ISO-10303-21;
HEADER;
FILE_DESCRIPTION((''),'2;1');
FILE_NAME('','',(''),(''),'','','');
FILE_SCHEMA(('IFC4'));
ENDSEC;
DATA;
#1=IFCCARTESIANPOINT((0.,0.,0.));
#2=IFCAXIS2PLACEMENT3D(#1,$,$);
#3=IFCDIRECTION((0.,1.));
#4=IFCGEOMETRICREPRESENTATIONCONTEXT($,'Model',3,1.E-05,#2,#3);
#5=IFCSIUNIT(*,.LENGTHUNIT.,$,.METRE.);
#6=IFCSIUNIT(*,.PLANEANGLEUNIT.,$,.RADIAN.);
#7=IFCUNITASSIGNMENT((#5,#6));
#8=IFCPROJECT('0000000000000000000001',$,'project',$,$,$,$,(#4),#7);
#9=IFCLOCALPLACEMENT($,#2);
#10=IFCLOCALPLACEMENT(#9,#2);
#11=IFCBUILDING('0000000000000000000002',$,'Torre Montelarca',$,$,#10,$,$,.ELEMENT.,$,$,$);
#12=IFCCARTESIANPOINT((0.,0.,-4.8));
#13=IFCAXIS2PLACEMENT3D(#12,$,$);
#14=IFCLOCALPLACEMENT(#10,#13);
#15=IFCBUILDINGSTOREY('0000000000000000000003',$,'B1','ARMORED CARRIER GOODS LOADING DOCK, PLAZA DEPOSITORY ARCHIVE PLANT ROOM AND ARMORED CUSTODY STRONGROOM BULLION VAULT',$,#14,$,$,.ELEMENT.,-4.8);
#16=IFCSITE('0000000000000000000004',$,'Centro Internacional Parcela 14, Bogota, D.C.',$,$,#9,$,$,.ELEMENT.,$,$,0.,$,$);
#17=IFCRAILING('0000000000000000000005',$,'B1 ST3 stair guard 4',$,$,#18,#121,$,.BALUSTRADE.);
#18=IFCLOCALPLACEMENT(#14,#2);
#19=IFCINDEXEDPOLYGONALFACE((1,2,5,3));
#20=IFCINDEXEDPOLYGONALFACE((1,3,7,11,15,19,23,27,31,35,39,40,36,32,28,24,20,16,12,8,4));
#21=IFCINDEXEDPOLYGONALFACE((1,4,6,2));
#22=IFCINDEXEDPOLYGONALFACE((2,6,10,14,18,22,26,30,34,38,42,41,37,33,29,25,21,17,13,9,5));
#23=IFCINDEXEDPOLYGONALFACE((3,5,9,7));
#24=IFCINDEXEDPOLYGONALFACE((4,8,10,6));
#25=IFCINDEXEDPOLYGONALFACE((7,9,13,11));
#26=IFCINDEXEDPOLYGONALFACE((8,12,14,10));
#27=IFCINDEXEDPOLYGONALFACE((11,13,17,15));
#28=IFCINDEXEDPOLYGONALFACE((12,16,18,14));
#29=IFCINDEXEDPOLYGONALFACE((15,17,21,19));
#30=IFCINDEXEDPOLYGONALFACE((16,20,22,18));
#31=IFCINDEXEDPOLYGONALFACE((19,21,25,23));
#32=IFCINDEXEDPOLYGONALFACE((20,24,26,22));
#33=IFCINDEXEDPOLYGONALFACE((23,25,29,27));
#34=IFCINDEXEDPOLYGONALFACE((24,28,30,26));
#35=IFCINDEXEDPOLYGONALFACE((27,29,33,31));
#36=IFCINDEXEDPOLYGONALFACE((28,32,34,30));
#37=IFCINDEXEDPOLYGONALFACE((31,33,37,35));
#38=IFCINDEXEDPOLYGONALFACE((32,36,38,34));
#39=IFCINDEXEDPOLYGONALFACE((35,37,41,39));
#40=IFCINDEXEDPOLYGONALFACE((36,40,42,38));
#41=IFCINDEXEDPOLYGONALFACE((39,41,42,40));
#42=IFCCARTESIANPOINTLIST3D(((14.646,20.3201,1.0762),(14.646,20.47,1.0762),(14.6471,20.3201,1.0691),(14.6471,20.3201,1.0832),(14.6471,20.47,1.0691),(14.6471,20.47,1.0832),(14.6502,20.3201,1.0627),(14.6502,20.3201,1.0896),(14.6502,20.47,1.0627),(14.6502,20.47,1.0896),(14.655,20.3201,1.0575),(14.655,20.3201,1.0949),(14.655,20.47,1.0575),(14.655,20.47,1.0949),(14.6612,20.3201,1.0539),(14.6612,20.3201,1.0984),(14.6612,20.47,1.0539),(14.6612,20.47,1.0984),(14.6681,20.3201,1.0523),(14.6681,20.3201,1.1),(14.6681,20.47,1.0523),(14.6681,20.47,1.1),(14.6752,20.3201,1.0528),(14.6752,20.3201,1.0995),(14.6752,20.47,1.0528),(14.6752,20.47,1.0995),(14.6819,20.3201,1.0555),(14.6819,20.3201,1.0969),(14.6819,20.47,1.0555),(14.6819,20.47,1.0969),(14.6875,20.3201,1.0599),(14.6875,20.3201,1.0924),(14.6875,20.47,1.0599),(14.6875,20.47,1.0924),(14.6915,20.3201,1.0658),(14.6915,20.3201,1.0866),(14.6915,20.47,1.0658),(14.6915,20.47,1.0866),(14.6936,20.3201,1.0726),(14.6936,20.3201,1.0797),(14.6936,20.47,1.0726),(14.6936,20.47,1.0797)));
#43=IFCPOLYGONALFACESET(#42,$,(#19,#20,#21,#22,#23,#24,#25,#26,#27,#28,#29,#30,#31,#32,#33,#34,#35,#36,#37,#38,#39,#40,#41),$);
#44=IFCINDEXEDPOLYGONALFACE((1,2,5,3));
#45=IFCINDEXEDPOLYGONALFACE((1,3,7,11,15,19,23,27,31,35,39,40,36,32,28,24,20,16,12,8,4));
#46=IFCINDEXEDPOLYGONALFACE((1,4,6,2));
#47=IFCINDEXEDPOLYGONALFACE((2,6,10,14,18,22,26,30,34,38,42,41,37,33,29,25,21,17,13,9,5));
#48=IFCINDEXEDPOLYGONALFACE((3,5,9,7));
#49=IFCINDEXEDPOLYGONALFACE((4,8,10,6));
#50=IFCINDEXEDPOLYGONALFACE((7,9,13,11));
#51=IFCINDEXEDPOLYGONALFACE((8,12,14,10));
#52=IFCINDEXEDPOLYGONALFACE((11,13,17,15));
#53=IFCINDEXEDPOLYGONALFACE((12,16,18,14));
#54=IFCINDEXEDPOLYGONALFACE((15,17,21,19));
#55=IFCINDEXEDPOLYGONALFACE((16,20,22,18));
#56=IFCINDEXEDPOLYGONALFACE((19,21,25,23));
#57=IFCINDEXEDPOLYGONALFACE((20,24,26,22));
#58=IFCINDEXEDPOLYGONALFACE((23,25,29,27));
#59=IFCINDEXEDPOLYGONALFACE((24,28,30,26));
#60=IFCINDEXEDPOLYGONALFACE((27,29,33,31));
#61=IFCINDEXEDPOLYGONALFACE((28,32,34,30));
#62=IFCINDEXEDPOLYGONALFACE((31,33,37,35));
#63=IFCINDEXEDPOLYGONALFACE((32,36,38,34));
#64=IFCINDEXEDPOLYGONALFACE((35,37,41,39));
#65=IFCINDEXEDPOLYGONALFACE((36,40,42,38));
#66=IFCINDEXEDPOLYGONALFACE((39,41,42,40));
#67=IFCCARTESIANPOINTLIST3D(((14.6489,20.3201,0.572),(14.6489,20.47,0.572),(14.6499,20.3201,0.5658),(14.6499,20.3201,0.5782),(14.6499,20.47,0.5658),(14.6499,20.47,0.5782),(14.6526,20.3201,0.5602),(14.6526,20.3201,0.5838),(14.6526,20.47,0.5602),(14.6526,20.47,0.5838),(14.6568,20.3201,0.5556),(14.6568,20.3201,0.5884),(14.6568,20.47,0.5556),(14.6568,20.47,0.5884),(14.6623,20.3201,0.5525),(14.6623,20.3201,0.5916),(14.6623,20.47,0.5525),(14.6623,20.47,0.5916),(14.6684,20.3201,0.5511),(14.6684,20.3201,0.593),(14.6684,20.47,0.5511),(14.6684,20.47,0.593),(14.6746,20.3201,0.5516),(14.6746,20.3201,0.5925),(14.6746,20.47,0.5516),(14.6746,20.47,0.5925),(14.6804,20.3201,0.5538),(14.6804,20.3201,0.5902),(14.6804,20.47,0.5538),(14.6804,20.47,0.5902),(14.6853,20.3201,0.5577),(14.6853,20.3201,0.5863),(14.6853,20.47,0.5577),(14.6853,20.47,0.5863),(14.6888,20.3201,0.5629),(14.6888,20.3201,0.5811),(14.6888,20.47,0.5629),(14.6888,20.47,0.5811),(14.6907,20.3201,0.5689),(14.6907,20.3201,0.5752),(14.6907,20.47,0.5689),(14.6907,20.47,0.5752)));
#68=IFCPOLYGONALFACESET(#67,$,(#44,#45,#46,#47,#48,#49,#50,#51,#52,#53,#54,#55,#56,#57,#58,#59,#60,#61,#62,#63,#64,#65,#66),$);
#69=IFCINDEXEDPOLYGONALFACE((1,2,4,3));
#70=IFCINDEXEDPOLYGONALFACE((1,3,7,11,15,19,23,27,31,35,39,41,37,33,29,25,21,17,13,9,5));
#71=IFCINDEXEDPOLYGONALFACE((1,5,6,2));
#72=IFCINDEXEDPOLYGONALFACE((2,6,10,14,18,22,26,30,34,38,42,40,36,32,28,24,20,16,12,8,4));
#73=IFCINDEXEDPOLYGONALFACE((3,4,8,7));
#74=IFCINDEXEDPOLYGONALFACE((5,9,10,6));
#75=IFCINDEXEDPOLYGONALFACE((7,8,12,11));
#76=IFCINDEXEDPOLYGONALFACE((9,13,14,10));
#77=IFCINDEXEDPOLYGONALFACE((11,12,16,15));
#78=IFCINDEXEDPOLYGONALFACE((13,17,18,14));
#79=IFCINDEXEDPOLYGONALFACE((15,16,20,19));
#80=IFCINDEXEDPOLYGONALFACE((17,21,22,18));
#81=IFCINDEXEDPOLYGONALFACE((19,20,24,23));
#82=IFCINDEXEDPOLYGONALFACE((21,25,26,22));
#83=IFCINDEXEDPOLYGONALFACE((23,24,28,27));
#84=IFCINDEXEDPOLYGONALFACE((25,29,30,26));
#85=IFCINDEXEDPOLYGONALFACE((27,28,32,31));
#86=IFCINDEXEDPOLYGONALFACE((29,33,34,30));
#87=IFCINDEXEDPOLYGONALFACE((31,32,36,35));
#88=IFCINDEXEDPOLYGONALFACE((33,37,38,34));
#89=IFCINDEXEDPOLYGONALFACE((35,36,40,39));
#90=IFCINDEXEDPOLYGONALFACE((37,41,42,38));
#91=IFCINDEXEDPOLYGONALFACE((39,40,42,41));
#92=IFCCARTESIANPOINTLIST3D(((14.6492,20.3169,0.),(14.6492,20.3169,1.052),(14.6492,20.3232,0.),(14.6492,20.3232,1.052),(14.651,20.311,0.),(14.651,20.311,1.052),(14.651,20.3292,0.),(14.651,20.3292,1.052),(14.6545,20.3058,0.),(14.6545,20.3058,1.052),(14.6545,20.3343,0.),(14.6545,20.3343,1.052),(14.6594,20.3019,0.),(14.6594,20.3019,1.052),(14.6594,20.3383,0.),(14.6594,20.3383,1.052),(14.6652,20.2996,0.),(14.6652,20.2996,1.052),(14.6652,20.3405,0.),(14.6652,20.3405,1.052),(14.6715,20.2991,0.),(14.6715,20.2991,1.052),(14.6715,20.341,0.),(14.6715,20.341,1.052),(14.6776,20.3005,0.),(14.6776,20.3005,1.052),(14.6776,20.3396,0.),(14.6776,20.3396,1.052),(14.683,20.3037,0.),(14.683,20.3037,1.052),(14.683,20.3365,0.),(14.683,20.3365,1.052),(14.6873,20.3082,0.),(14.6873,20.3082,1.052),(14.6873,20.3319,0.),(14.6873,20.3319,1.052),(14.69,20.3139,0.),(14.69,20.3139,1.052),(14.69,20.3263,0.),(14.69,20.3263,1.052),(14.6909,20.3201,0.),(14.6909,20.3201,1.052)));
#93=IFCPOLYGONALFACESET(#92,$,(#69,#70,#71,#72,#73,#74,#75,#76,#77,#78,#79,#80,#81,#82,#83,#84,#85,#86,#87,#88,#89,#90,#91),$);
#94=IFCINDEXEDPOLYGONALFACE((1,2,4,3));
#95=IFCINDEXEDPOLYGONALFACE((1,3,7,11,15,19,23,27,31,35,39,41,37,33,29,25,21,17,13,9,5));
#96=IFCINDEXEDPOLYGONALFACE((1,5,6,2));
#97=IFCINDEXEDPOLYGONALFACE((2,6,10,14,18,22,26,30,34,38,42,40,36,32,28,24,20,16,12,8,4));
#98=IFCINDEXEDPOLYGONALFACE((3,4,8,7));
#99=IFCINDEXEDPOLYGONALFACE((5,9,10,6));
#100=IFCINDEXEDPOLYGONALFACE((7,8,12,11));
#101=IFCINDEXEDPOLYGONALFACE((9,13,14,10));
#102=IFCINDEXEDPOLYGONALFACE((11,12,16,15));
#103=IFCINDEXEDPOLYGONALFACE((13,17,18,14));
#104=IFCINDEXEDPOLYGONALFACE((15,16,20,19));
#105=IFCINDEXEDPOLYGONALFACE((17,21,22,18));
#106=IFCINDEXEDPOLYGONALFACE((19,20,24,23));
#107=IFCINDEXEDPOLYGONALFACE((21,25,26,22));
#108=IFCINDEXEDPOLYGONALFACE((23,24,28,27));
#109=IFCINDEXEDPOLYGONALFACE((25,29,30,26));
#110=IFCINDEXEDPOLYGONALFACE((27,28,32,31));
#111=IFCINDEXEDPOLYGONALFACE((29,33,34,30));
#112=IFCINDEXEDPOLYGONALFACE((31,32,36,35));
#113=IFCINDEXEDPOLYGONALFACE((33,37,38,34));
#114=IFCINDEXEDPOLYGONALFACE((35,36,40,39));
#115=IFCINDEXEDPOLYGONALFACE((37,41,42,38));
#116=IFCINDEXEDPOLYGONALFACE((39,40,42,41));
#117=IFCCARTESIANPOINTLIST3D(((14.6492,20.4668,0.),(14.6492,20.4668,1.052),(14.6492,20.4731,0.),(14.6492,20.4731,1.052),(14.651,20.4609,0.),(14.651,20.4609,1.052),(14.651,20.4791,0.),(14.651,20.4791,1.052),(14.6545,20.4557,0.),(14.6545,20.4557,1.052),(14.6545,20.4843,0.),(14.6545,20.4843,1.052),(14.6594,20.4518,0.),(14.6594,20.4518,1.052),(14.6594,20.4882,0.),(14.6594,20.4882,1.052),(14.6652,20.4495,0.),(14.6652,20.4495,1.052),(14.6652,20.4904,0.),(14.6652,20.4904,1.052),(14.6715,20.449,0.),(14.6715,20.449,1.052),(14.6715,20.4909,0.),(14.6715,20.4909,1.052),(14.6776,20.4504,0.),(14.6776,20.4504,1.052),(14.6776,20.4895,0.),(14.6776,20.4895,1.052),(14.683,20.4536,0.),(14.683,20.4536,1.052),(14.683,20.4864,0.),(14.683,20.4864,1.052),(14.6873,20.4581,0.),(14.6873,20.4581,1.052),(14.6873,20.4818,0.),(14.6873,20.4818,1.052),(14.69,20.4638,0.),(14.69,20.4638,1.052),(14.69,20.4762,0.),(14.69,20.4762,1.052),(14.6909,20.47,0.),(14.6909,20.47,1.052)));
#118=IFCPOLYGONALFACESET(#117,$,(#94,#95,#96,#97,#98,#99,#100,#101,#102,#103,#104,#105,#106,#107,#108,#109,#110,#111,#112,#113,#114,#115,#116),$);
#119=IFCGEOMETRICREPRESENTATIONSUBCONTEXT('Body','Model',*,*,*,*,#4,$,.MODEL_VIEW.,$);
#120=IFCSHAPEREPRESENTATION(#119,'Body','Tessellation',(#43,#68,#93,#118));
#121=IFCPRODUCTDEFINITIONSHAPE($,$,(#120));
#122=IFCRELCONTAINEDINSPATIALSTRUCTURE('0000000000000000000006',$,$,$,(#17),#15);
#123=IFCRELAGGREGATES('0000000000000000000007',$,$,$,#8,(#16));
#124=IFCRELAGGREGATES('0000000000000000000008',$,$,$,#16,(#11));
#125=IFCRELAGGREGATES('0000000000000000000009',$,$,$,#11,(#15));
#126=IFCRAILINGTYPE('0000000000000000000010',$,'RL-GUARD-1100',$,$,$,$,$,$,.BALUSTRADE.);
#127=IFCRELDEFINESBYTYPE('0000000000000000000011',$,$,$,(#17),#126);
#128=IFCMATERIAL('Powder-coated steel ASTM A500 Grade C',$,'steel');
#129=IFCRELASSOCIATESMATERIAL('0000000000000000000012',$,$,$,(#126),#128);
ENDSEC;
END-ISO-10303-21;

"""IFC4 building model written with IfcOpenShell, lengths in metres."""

from ifc_helpers import new_model, si_unit, direction, frame, origin, origin_2d, place, context, subcontext, project, spatial, circle, extrude, material, type_object, element, save


model = new_model("IFC4")

# Units and contexts
model_context = context("Model", 3, precision=1e-05, world=origin(), true_north=direction((0.0, 1.0)))
body_context = subcontext(model_context, "Body", "Model", "MODEL_VIEW")
ifc_project = project(units=[si_unit("LENGTHUNIT", "METRE"), si_unit("PLANEANGLEUNIT", "RADIAN")], contexts=[model_context])

# Site, building, storey
site_placement = place(None, origin())
site = spatial("IfcSite", under=ifc_project, at=site_placement, Name="Centro Internacional Parcela 14, Bogota, D.C.", CompositionType="ELEMENT", RefElevation=0.0)
building_placement = place(site_placement, origin())
building = spatial("IfcBuilding", under=site, at=building_placement, Name="Torre Montelarca", CompositionType="ELEMENT")
storey_placement = place(building_placement, frame((0.0, 0.0, -4.8)))
storey = spatial("IfcBuildingStorey", under=building, at=storey_placement, Name="B1", Description="ARMORED CARRIER GOODS LOADING DOCK, PLAZA DEPOSITORY ARCHIVE PLANT ROOM AND ARMORED CUSTODY STRONGROOM BULLION VAULT", CompositionType="ELEMENT", Elevation=-4.8)

# Railing
ifc_material_1 = material(Name="Powder-coated steel ASTM A500 Grade C", Category="steel")
railing_type_1 = type_object("IfcRailingType", Name="RL-GUARD-1100", PredefinedType="BALUSTRADE", material=ifc_material_1)
railing_1_placement = place(storey_placement, frame((14.6699, 20.3201, 0.0)))
element("IfcRailing", 1, at=railing_1_placement, inside=storey, type_object=railing_type_1, Name="B1 ST3 stair guard 4", PredefinedType="BALUSTRADE", context=body_context, shape_type="SweptSolid", body=[
    extrude(circle(Radius=0.0239, at=origin_2d()), frame((0.0, 0.0, 1.0762), z_axis=(0.0, 1.0, 0.0), x_axis=(-1.0, 0.0, 0.0)), (0.0, 0.0, 1.0), 0.1499),
    extrude(circle(Radius=0.021, at=origin_2d()), frame((0.0, 0.0, 0.572), z_axis=(0.0, 1.0, 0.0), x_axis=(-1.0, 0.0, 0.0)), (0.0, 0.0, 1.0), 0.1499),
    extrude(circle(Radius=0.021, at=origin_2d()), origin(), (0.0, 0.0, 1.0), 1.052),
    extrude(circle(Radius=0.021, at=origin_2d()), frame((0.0, 0.1499, 0.0)), (0.0, 0.0, 1.0), 1.052),
])

save(model, "model.ifc")
